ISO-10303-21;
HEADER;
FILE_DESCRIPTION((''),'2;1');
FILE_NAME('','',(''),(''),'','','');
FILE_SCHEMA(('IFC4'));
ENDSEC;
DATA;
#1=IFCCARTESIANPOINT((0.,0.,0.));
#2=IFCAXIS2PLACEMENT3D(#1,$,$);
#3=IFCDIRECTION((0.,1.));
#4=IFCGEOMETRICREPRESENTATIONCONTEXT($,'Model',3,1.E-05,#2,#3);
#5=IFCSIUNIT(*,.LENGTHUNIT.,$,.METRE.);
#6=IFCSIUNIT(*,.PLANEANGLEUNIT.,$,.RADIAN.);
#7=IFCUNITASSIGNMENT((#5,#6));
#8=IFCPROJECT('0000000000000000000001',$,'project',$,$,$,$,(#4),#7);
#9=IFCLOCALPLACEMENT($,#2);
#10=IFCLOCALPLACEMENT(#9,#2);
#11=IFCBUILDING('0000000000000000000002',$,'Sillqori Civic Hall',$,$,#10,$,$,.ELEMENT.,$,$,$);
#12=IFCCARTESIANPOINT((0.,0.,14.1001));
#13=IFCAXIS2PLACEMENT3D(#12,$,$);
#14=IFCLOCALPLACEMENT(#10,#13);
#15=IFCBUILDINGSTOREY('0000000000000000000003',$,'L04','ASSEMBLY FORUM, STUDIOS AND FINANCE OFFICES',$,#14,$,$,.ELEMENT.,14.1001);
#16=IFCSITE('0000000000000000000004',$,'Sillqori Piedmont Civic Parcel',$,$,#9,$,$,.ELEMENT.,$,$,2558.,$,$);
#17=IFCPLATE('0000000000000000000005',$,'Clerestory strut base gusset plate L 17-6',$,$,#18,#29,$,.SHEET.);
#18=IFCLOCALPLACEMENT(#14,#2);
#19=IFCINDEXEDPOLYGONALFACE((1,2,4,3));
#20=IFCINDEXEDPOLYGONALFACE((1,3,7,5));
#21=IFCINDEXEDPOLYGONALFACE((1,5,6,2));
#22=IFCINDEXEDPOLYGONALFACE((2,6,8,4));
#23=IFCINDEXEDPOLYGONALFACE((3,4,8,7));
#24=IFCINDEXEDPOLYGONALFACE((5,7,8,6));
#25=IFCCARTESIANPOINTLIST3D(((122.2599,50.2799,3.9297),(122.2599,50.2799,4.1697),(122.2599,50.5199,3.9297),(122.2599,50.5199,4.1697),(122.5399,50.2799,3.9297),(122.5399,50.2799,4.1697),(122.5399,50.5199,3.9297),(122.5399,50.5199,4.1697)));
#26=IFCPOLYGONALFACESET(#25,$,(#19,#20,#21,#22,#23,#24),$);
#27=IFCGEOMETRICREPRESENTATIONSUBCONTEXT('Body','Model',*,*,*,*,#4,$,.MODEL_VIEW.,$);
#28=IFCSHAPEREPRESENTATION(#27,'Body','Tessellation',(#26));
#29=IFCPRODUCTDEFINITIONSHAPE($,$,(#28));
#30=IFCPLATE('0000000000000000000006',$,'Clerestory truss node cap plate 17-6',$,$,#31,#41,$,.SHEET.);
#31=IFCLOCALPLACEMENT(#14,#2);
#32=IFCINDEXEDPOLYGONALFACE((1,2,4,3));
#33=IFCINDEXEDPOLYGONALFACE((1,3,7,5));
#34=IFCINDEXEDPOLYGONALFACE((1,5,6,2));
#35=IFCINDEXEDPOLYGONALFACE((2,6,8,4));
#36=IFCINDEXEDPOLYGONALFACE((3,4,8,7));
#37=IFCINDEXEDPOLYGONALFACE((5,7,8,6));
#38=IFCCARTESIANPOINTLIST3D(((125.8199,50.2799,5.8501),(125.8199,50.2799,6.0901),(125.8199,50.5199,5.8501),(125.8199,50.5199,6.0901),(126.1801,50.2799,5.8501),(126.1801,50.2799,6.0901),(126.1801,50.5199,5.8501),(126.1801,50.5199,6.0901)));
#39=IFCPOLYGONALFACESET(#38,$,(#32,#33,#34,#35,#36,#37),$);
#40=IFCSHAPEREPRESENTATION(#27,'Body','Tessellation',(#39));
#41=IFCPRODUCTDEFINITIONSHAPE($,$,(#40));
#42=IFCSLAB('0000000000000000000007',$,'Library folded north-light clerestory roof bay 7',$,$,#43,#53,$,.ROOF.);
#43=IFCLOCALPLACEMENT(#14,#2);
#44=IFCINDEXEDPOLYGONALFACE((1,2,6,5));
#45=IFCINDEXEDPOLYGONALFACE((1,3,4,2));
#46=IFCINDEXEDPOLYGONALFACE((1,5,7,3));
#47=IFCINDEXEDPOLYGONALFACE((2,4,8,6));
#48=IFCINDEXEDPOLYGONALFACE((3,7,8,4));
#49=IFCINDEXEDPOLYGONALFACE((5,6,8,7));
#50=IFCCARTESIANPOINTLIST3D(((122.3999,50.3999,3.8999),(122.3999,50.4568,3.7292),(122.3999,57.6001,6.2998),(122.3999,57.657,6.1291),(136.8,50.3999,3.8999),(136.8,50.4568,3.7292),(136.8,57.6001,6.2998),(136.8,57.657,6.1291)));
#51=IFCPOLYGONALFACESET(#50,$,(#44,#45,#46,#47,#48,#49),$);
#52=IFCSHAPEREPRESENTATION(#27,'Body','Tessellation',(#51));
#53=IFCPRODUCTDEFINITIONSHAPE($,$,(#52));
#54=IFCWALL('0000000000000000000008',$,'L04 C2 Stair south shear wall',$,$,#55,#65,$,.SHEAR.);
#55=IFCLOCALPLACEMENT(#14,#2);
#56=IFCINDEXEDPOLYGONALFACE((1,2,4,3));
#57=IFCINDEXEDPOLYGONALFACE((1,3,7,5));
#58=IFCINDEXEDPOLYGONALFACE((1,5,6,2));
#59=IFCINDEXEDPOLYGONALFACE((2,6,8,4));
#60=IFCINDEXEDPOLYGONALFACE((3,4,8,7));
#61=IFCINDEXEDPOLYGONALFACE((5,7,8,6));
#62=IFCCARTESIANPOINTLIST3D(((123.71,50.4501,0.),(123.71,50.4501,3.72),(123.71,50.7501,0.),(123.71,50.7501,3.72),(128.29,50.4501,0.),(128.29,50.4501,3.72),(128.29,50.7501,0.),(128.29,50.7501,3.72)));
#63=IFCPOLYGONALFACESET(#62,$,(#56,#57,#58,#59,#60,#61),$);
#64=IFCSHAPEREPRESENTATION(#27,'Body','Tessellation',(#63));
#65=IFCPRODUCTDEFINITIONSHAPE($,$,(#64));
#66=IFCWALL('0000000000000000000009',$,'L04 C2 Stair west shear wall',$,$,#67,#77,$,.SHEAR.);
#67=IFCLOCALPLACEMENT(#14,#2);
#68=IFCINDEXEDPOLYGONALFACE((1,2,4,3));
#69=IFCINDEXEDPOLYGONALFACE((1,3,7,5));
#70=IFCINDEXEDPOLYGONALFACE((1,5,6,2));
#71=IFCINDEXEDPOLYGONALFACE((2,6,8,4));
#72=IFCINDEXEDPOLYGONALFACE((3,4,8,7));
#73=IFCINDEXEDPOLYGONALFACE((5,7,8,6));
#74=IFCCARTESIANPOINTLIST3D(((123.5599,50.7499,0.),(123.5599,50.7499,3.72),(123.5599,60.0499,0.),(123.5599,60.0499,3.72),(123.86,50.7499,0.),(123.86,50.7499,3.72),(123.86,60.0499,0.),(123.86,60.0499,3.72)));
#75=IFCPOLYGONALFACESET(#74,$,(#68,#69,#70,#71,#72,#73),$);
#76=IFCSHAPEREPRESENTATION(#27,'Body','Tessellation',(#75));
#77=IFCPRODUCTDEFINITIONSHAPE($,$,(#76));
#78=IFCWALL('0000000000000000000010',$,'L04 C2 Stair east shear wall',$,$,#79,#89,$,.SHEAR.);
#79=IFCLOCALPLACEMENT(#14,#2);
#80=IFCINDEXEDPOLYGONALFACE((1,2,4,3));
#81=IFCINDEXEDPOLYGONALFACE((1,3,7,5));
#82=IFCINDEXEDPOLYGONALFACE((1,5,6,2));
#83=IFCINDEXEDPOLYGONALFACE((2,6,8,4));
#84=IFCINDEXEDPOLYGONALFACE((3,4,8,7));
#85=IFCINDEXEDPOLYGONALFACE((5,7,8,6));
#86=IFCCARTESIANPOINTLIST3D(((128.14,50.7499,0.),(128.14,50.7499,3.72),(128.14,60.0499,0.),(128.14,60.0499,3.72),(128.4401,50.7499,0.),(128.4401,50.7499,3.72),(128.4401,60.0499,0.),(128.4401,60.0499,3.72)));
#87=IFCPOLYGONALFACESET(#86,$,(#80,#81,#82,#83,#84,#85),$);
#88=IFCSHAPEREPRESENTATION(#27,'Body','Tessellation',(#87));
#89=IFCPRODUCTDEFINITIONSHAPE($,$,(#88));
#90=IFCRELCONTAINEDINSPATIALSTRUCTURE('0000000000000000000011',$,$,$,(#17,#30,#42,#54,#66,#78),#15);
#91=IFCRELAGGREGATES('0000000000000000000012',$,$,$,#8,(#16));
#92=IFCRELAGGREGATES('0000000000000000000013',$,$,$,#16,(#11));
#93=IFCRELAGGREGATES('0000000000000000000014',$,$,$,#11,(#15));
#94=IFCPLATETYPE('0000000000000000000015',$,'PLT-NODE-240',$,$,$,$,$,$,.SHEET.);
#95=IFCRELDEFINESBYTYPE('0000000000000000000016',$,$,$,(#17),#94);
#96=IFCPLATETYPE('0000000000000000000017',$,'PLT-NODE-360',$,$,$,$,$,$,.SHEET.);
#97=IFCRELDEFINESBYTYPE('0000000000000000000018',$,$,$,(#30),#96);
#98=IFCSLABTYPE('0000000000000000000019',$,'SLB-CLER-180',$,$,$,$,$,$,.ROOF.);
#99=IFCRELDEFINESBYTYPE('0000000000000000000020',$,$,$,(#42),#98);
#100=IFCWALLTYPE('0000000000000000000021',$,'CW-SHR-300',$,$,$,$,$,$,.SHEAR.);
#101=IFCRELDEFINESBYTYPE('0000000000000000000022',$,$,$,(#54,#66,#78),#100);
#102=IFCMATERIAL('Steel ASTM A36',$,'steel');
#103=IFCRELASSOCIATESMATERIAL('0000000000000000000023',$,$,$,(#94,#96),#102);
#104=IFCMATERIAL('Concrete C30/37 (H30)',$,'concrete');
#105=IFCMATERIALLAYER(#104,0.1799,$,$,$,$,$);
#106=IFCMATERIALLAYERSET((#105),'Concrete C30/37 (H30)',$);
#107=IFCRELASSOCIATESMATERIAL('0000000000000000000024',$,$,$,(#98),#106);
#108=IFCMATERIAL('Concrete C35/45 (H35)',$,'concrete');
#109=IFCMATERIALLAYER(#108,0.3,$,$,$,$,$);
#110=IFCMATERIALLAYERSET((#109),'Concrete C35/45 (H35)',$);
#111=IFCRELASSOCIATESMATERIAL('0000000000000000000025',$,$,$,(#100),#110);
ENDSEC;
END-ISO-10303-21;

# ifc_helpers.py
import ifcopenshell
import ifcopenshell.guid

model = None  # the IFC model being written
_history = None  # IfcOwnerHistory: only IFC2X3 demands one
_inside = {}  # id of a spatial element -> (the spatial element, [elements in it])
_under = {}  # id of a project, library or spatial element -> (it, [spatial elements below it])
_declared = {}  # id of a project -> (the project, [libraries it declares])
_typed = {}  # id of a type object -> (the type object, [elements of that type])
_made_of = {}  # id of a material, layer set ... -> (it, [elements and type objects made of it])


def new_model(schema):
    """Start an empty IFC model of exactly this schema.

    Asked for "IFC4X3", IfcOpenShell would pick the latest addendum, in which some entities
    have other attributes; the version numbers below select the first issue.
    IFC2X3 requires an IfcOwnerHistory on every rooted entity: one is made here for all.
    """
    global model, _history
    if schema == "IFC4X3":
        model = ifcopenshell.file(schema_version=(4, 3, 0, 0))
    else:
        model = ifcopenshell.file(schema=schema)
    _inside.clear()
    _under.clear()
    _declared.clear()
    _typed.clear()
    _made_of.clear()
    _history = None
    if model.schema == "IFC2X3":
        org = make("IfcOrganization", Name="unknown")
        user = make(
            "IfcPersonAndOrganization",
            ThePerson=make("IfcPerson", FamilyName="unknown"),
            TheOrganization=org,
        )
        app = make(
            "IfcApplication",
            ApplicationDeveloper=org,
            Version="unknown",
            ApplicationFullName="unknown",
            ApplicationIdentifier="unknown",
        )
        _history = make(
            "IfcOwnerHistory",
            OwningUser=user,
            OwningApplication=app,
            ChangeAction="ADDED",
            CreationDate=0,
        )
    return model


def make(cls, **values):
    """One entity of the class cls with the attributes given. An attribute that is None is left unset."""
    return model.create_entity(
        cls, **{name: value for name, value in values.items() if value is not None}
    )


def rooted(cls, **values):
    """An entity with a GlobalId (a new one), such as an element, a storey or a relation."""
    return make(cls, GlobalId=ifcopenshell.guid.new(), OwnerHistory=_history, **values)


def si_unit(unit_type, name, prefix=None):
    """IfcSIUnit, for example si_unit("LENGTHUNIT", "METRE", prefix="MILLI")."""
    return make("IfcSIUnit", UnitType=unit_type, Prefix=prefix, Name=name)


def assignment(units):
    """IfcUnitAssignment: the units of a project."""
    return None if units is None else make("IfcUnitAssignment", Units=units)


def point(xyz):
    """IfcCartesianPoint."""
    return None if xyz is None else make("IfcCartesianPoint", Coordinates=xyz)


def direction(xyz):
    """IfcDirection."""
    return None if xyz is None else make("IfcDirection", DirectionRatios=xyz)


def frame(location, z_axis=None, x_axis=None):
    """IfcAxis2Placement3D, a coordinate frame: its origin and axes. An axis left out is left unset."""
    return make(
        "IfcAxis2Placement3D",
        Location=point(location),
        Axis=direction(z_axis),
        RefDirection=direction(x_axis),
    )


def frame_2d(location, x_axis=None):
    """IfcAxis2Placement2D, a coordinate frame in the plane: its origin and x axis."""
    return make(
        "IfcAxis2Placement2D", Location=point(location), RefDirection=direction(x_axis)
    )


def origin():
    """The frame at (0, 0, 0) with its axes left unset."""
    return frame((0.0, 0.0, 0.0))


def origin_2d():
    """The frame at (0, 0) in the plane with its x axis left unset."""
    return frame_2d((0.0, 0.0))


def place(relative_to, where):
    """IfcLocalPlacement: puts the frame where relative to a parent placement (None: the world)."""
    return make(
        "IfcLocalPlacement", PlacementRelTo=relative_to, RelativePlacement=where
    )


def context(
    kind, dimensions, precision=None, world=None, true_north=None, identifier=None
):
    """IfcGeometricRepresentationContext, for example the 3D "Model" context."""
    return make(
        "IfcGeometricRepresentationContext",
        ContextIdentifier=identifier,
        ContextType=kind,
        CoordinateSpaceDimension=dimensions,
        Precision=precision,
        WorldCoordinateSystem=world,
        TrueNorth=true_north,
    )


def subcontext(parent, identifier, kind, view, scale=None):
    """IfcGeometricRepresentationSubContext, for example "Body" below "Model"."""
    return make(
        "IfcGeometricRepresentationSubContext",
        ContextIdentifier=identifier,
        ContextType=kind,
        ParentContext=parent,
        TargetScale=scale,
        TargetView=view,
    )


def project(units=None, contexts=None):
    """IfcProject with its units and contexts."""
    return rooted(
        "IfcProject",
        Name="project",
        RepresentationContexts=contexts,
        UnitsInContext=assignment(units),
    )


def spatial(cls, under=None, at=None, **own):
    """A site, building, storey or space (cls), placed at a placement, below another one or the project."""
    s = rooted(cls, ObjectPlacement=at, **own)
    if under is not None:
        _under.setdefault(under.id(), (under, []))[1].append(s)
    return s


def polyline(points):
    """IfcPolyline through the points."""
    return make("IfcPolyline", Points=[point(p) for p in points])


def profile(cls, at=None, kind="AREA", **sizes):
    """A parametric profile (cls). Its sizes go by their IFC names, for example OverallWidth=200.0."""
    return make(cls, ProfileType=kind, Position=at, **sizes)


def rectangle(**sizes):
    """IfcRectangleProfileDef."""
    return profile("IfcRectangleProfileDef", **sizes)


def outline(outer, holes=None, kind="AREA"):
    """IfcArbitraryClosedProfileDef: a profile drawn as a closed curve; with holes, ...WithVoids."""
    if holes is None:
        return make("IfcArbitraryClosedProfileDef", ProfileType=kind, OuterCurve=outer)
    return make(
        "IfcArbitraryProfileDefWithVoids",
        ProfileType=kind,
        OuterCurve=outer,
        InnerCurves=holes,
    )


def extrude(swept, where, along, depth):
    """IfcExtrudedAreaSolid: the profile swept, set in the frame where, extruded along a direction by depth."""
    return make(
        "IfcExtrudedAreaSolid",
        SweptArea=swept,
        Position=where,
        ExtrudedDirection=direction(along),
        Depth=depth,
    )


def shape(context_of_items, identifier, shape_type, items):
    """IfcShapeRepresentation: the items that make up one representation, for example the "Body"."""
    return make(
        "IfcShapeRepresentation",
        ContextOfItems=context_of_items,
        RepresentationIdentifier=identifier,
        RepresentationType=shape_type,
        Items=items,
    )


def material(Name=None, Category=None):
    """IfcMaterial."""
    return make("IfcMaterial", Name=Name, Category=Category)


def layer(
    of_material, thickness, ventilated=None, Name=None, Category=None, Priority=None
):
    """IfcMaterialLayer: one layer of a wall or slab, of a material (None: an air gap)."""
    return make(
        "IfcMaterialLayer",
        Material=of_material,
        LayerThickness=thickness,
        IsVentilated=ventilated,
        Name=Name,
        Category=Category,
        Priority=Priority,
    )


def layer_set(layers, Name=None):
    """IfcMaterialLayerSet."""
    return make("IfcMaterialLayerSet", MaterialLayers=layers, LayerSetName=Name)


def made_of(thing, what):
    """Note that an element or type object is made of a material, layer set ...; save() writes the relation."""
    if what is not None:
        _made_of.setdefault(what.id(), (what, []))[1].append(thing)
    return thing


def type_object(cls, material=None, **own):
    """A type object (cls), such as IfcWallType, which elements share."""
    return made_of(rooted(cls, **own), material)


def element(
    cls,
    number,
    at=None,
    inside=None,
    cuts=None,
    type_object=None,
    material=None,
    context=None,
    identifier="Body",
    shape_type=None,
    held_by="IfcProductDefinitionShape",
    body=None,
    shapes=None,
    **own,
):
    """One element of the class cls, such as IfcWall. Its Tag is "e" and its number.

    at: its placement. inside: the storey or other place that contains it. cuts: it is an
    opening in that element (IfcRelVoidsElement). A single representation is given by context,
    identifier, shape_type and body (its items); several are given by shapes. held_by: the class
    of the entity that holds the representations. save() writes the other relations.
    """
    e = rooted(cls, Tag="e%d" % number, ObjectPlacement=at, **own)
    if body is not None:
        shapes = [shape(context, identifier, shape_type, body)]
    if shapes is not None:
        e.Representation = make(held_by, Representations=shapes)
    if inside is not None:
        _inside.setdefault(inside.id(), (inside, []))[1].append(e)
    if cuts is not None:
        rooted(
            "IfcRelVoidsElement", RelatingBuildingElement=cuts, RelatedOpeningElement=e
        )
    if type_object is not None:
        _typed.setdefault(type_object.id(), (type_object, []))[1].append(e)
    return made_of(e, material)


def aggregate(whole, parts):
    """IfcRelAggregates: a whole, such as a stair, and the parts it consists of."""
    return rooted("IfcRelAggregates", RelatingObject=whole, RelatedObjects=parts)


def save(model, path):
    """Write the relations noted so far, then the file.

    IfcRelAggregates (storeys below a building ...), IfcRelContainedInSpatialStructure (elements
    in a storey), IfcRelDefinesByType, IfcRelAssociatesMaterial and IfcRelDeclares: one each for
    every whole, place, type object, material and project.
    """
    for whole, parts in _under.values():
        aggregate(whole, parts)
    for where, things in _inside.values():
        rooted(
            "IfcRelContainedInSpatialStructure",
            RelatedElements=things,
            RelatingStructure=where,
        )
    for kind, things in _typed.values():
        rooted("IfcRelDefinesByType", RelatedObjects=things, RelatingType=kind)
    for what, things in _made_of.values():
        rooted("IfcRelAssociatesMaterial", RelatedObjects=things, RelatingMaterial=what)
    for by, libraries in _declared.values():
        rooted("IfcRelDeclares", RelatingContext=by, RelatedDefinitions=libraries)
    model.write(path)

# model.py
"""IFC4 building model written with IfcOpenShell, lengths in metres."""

from ifc_helpers import new_model, si_unit, direction, frame, frame_2d, origin, origin_2d, place, context, subcontext, project, spatial, polyline, rectangle, outline, extrude, material, layer, layer_set, type_object, element, save


model = new_model("IFC4")

# Units and contexts
model_context = context("Model", 3, precision=1e-05, world=origin(), true_north=direction((0.0, 1.0)))
body_context = subcontext(model_context, "Body", "Model", "MODEL_VIEW")
ifc_project = project(units=[si_unit("LENGTHUNIT", "METRE"), si_unit("PLANEANGLEUNIT", "RADIAN")], contexts=[model_context])

# Site, building, storey
site_placement = place(None, origin())
site = spatial("IfcSite", under=ifc_project, at=site_placement, Name="Sillqori Piedmont Civic Parcel", CompositionType="ELEMENT", RefElevation=2558.0)
building_placement = place(site_placement, origin())
building = spatial("IfcBuilding", under=site, at=building_placement, Name="Sillqori Civic Hall", CompositionType="ELEMENT")
storey_placement = place(building_placement, frame((0.0, 0.0, 14.1001)))
storey = spatial("IfcBuildingStorey", under=building, at=storey_placement, Name="L04", Description="ASSEMBLY FORUM, STUDIOS AND FINANCE OFFICES", CompositionType="ELEMENT", Elevation=14.1001)

# Plates
ifc_material_1 = material(Name="Steel ASTM A36", Category="steel")
plate_type_1 = type_object("IfcPlateType", Name="PLT-NODE-240", PredefinedType="SHEET", material=ifc_material_1)
plate_1_placement = place(storey_placement, frame((122.3999, 50.3999, 3.9297), z_axis=(0.0, 0.0, 1.0), x_axis=(1.0, 0.0, 0.0)))
element("IfcPlate", 1, at=plate_1_placement, inside=storey, type_object=plate_type_1, Name="Clerestory strut base gusset plate L 17-6", PredefinedType="SHEET", context=body_context, shape_type="SweptSolid", body=[
    extrude(rectangle(XDim=0.28, YDim=0.24, at=origin_2d()), origin(), (0.0, 0.0, 1.0), 0.24),
])
plate_type_2 = type_object("IfcPlateType", Name="PLT-NODE-360", PredefinedType="SHEET", material=ifc_material_1)
plate_2_placement = place(storey_placement, frame((126.0, 50.3999, 5.8501), z_axis=(0.0, 0.0, 1.0), x_axis=(1.0, 0.0, 0.0)))
element("IfcPlate", 2, at=plate_2_placement, inside=storey, type_object=plate_type_2, Name="Clerestory truss node cap plate 17-6", PredefinedType="SHEET", context=body_context, shape_type="SweptSolid", body=[
    extrude(rectangle(XDim=0.3601, YDim=0.24, at=origin_2d()), origin(), (0.0, 0.0, 1.0), 0.24),
])

# Slab
ifc_material_2 = material(Name="Concrete C30/37 (H30)", Category="concrete")
ifc_layer_1 = layer(ifc_material_2, 0.1799)
ifc_layer_set_1 = layer_set([ifc_layer_1], Name="Concrete C30/37 (H30)")
slab_type = type_object("IfcSlabType", Name="SLB-CLER-180", PredefinedType="ROOF", material=ifc_layer_set_1)
slab_placement = place(storey_placement, frame((122.3999, 50.3999, 3.8999), z_axis=(0.0, -0.316208, 0.94869), x_axis=(1.0, 0.0, 0.0)))
element("IfcSlab", 3, at=slab_placement, inside=storey, type_object=slab_type, Name="Library folded north-light clerestory roof bay 7", PredefinedType="ROOF", context=body_context, shape_type="SweptSolid", body=[
    extrude(outline(polyline([(0.0, 0.0), (14.4001, 0.0), (14.4001, 7.5896), (0.0, 7.5896), (0.0, 0.0)])), origin(), (0.0, 0.0, -1.0), 0.1799),
])

# Walls
ifc_material_3 = material(Name="Concrete C35/45 (H35)", Category="concrete")
ifc_layer_2 = layer(ifc_material_3, 0.3)
ifc_layer_set_2 = layer_set([ifc_layer_2], Name="Concrete C35/45 (H35)")
wall_type = type_object("IfcWallType", Name="CW-SHR-300", PredefinedType="SHEAR", material=ifc_layer_set_2)
wall_placement = place(storey_placement, frame((123.71, 50.6001, 0.0), z_axis=(0.0, 0.0, 1.0), x_axis=(1.0, 0.0, 0.0)))
element("IfcWall", 4, at=wall_placement, inside=storey, type_object=wall_type, Name="L04 C2 Stair south shear wall", PredefinedType="SHEAR", context=body_context, shape_type="SweptSolid", body=[
    extrude(rectangle(XDim=4.5801, YDim=0.3, at=frame_2d((2.29, 0.0))), origin(), (0.0, 0.0, 1.0), 3.72),
])
for number, where, z_axis, x_axis, name in (
    (5, (123.71, 50.75, 0.0), (0.0, 0.0, 1.0), (0.0, 1.0, 0.0), "L04 C2 Stair west shear wall"),
    (6, (128.29, 50.75, 0.0), (0.0, 0.0, 1.0), (0.0, 1.0, 0.0), "L04 C2 Stair east shear wall"),
):
    element("IfcWall", number, at=place(storey_placement, frame(where, z_axis=z_axis, x_axis=x_axis)), inside=storey, type_object=wall_type, Name=name, PredefinedType="SHEAR", context=body_context, shape_type="SweptSolid", body=[
        extrude(rectangle(XDim=9.3, YDim=0.3, at=frame_2d((4.6499, 0.0))), origin(), (0.0, 0.0, 1.0), 3.72),
    ])

save(model, "model.ifc")
